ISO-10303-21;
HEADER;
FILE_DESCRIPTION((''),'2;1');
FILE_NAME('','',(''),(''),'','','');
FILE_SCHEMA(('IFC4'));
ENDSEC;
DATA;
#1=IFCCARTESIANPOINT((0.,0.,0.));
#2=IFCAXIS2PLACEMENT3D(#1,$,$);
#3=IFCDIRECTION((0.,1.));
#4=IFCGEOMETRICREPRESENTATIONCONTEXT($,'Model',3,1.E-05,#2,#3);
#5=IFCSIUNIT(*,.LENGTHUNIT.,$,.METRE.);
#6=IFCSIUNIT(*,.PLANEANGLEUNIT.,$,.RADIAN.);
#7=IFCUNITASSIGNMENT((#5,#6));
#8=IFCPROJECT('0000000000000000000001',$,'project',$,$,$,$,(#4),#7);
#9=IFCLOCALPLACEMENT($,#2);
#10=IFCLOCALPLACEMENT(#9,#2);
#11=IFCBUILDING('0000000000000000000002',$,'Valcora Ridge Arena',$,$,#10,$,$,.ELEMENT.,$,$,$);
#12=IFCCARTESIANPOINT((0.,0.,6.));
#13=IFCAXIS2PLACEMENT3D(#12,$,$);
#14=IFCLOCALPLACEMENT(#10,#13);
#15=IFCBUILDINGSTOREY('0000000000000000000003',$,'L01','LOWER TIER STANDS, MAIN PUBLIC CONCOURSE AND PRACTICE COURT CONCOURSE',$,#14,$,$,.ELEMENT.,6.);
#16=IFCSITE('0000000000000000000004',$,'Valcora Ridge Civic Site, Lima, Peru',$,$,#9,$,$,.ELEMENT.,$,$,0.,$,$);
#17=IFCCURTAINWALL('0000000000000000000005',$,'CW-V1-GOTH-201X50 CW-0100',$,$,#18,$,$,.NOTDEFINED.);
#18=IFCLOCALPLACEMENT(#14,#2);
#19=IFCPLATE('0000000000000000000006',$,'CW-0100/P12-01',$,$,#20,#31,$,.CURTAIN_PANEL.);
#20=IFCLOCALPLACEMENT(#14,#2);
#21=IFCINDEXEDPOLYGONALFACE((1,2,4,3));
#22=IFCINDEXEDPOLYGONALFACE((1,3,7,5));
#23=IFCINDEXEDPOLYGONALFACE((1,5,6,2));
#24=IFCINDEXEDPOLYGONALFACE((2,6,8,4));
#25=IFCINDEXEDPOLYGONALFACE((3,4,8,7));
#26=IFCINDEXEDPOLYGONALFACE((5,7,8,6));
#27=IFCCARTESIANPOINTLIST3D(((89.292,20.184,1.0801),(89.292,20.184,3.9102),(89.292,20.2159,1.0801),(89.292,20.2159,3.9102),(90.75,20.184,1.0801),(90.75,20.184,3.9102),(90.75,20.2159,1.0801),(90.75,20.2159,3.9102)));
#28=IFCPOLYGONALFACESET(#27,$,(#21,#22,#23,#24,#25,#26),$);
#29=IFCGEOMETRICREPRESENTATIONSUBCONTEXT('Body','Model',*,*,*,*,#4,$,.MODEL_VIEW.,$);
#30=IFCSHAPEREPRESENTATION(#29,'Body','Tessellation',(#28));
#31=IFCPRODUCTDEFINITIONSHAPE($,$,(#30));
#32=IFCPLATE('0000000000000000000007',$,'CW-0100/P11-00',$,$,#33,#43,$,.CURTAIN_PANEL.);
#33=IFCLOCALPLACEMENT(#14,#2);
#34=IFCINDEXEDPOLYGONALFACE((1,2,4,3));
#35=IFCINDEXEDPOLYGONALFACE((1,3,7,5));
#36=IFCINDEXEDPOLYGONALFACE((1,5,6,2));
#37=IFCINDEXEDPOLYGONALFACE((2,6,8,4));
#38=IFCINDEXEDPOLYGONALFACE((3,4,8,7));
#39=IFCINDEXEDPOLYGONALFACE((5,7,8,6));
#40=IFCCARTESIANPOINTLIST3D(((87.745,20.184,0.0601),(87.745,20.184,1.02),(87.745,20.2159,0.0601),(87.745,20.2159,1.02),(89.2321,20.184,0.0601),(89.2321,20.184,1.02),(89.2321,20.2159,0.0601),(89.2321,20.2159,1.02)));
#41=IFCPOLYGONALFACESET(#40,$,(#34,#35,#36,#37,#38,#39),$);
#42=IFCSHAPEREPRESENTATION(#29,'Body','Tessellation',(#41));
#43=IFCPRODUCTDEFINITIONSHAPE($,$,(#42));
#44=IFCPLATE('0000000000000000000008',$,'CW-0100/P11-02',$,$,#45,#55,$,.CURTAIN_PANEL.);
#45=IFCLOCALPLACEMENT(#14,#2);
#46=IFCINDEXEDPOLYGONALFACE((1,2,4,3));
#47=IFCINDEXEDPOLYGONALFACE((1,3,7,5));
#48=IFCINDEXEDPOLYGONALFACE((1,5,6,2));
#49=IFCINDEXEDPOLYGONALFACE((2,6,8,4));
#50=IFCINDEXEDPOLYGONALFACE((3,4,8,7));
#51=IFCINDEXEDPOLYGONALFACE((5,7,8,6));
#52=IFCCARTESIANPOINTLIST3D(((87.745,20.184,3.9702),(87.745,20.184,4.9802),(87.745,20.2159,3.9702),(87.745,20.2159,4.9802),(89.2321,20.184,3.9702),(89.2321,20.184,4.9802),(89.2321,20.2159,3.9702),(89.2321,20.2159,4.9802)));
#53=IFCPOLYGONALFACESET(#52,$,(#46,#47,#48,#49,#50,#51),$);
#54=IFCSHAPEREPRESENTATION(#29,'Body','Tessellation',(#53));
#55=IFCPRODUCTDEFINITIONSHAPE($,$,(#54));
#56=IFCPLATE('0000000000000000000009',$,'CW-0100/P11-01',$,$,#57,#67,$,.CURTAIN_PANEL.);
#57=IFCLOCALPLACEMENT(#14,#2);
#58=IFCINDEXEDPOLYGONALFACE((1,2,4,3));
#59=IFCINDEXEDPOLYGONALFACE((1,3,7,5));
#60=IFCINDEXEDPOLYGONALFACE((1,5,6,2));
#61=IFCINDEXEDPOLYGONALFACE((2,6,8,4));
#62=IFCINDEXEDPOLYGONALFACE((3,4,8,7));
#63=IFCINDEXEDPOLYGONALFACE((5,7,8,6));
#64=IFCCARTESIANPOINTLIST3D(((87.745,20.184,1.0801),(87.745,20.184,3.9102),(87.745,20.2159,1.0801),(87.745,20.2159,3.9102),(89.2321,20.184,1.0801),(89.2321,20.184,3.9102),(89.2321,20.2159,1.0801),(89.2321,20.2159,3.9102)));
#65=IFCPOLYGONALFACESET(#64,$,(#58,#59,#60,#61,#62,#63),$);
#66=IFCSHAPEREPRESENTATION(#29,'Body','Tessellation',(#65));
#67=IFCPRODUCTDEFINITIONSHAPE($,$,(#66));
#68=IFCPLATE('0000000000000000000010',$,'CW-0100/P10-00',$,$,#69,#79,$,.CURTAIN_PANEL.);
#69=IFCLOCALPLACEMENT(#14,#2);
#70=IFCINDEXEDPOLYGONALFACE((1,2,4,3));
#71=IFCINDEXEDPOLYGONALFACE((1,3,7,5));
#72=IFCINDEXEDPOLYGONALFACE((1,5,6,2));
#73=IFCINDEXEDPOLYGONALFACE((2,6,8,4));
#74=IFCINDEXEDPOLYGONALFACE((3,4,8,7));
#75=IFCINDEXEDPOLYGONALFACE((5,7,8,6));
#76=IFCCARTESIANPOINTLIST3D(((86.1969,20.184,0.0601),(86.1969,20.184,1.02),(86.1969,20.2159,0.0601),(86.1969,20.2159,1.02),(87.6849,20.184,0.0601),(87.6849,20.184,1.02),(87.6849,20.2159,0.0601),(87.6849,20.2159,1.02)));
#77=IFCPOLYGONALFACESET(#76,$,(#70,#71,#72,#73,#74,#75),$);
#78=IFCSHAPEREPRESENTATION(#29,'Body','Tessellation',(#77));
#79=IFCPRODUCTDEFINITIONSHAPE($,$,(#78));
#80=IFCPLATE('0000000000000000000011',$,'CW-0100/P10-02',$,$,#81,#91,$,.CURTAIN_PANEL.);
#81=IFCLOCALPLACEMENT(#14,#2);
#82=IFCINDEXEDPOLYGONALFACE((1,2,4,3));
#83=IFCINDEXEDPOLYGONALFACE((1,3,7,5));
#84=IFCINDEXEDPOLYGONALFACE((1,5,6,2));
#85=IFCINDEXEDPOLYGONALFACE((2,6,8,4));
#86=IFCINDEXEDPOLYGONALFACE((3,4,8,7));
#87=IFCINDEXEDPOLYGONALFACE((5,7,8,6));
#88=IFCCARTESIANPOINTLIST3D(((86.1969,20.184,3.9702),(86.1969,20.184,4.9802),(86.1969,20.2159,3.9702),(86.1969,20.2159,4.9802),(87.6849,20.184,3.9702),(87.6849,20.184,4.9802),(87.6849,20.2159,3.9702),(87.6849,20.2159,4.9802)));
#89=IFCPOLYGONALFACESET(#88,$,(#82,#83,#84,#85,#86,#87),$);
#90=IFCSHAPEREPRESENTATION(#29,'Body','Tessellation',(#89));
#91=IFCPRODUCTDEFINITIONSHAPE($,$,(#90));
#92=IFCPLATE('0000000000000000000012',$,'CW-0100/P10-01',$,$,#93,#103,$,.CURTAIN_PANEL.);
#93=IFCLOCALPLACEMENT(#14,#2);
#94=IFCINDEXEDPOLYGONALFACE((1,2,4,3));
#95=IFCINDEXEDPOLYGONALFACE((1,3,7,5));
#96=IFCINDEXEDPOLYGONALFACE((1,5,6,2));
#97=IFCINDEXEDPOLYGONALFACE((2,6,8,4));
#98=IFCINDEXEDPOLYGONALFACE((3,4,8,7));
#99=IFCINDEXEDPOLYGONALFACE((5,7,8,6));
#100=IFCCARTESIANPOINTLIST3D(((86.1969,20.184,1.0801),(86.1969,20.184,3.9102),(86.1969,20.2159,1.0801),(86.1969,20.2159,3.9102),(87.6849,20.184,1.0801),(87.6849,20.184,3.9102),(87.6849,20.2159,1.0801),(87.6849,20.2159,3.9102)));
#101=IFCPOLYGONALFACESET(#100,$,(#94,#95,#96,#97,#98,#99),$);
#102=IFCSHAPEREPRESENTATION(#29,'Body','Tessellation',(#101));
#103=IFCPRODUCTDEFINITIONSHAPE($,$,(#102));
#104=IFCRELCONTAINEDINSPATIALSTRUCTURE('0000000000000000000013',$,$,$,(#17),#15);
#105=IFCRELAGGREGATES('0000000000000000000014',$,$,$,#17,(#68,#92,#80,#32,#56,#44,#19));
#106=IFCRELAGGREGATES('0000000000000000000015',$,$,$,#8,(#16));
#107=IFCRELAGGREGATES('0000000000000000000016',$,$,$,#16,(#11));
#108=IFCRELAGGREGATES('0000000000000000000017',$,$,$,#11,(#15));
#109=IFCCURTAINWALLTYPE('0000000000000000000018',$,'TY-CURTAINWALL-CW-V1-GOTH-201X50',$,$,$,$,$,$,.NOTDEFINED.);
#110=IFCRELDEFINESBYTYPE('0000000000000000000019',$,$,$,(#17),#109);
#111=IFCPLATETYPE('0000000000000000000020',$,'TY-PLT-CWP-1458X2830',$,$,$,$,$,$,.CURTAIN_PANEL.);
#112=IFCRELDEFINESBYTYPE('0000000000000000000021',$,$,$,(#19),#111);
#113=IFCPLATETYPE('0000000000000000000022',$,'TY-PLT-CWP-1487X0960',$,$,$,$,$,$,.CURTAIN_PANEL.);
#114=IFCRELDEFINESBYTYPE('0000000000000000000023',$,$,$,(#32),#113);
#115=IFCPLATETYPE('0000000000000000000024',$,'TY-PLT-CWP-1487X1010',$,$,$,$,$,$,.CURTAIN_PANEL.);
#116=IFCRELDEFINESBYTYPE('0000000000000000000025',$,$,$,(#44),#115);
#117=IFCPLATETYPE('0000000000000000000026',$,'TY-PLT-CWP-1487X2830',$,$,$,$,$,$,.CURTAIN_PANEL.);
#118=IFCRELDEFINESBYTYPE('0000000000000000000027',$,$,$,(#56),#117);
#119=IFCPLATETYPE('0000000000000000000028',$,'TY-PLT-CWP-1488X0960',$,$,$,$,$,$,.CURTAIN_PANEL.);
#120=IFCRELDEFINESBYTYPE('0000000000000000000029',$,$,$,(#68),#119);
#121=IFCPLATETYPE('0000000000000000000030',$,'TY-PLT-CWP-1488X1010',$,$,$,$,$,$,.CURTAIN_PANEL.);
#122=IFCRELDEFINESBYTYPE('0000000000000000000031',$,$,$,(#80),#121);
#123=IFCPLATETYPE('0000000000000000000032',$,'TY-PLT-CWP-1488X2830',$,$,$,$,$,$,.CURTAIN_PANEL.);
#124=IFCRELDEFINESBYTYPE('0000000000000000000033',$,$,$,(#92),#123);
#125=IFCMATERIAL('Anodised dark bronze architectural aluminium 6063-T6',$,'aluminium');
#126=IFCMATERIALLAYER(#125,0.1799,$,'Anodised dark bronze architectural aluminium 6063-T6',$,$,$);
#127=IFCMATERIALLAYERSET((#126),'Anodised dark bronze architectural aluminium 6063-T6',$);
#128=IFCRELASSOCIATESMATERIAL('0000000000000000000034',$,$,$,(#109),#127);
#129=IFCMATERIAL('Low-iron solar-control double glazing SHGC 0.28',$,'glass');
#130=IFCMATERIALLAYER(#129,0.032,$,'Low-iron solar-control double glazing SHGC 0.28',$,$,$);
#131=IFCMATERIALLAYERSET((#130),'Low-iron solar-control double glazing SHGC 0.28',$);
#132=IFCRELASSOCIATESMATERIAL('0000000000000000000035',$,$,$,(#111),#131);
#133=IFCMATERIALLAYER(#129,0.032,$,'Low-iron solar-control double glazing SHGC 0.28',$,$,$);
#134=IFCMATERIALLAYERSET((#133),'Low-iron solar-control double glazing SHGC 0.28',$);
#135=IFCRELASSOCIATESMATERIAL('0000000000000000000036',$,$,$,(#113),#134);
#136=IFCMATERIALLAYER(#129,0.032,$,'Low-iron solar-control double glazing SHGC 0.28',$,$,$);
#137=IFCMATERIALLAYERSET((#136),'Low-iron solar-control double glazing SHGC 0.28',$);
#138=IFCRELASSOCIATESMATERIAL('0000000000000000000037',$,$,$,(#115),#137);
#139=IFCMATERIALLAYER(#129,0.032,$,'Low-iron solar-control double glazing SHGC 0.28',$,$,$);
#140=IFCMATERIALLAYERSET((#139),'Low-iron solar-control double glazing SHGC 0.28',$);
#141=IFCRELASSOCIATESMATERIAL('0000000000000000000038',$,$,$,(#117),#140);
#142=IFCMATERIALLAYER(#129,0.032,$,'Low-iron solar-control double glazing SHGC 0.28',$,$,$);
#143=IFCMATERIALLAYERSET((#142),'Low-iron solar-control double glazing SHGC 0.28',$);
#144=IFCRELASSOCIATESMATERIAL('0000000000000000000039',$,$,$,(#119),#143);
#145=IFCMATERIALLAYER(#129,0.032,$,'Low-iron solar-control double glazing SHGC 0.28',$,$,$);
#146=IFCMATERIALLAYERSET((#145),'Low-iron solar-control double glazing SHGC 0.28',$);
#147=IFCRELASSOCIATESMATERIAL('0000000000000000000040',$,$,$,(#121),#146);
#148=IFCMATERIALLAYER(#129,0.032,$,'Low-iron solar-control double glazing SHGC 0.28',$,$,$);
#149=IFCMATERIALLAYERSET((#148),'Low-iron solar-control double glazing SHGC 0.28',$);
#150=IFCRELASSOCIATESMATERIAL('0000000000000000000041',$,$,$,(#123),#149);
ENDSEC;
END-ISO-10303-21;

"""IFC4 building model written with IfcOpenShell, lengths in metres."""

from ifc_helpers import new_model, si_unit, direction, frame, origin, origin_2d, place, context, subcontext, project, spatial, rectangle, extrude, material, layer, layer_set, type_object, element, aggregate, save


model = new_model("IFC4")

# Units and contexts
model_context = context("Model", 3, precision=1e-05, world=origin(), true_north=direction((0.0, 1.0)))
body_context = subcontext(model_context, "Body", "Model", "MODEL_VIEW")
ifc_project = project(units=[si_unit("LENGTHUNIT", "METRE"), si_unit("PLANEANGLEUNIT", "RADIAN")], contexts=[model_context])

# Site, building, storey
site_placement = place(None, origin())
site = spatial("IfcSite", under=ifc_project, at=site_placement, Name="Valcora Ridge Civic Site, Lima, Peru", CompositionType="ELEMENT", RefElevation=0.0)
building_placement = place(site_placement, origin())
building = spatial("IfcBuilding", under=site, at=building_placement, Name="Valcora Ridge Arena", CompositionType="ELEMENT")
storey_placement = place(building_placement, frame((0.0, 0.0, 6.0)))
storey = spatial("IfcBuildingStorey", under=building, at=storey_placement, Name="L01", Description="LOWER TIER STANDS, MAIN PUBLIC CONCOURSE AND PRACTICE COURT CONCOURSE", CompositionType="ELEMENT", Elevation=6.0)

# Curtain wall, plates
ifc_material_1 = material(Name="Anodised dark bronze architectural aluminium 6063-T6", Category="aluminium")
ifc_layer_1 = layer(ifc_material_1, 0.1799, Name="Anodised dark bronze architectural aluminium 6063-T6")
ifc_layer_set_1 = layer_set([ifc_layer_1], Name="Anodised dark bronze architectural aluminium 6063-T6")
curtain_wall_type = type_object("IfcCurtainWallType", Name="TY-CURTAINWALL-CW-V1-GOTH-201X50", PredefinedType="NOTDEFINED", material=ifc_layer_set_1)
curtain_wall_placement = place(storey_placement, origin())
curtain_wall = element("IfcCurtainWall", 1, at=curtain_wall_placement, inside=storey, type_object=curtain_wall_type, Name="CW-V1-GOTH-201X50 CW-0100", PredefinedType="NOTDEFINED")
ifc_material_2 = material(Name="Low-iron solar-control double glazing SHGC 0.28", Category="glass")
ifc_layer_2 = layer(ifc_material_2, 0.032, Name="Low-iron solar-control double glazing SHGC 0.28")
ifc_layer_set_2 = layer_set([ifc_layer_2], Name="Low-iron solar-control double glazing SHGC 0.28")
plate_type_1 = type_object("IfcPlateType", Name="TY-PLT-CWP-1458X2830", PredefinedType="CURTAIN_PANEL", material=ifc_layer_set_2)
plate_1_placement = place(storey_placement, frame((90.021, 20.2, 1.0801), z_axis=(0.0, 0.0, 1.0), x_axis=(1.0, 0.0, 0.0)))
plate_1 = element("IfcPlate", 2, at=plate_1_placement, type_object=plate_type_1, Name="CW-0100/P12-01", PredefinedType="CURTAIN_PANEL", context=body_context, shape_type="SweptSolid", body=[
    extrude(rectangle(XDim=1.458, YDim=0.032, at=origin_2d()), origin(), (0.0, 0.0, 1.0), 2.8301),
])
ifc_layer_3 = layer(ifc_material_2, 0.032, Name="Low-iron solar-control double glazing SHGC 0.28")
ifc_layer_set_3 = layer_set([ifc_layer_3], Name="Low-iron solar-control double glazing SHGC 0.28")
plate_type_2 = type_object("IfcPlateType", Name="TY-PLT-CWP-1487X0960", PredefinedType="CURTAIN_PANEL", material=ifc_layer_set_3)
plate_2_placement = place(storey_placement, frame((88.4885, 20.2, 0.0601), z_axis=(0.0, 0.0, 1.0), x_axis=(1.0, 0.0, 0.0)))
plate_2 = element("IfcPlate", 3, at=plate_2_placement, type_object=plate_type_2, Name="CW-0100/P11-00", PredefinedType="CURTAIN_PANEL", context=body_context, shape_type="SweptSolid", body=[
    extrude(rectangle(XDim=1.4871, YDim=0.032, at=origin_2d()), origin(), (0.0, 0.0, 1.0), 0.96),
])
ifc_layer_4 = layer(ifc_material_2, 0.032, Name="Low-iron solar-control double glazing SHGC 0.28")
ifc_layer_set_4 = layer_set([ifc_layer_4], Name="Low-iron solar-control double glazing SHGC 0.28")
plate_type_3 = type_object("IfcPlateType", Name="TY-PLT-CWP-1487X1010", PredefinedType="CURTAIN_PANEL", material=ifc_layer_set_4)
plate_3_placement = place(storey_placement, frame((88.4885, 20.2, 3.9702), z_axis=(0.0, 0.0, 1.0), x_axis=(1.0, 0.0, 0.0)))
plate_3 = element("IfcPlate", 4, at=plate_3_placement, type_object=plate_type_3, Name="CW-0100/P11-02", PredefinedType="CURTAIN_PANEL", context=body_context, shape_type="SweptSolid", body=[
    extrude(rectangle(XDim=1.4871, YDim=0.032, at=origin_2d()), origin(), (0.0, 0.0, 1.0), 1.01),
])
ifc_layer_5 = layer(ifc_material_2, 0.032, Name="Low-iron solar-control double glazing SHGC 0.28")
ifc_layer_set_5 = layer_set([ifc_layer_5], Name="Low-iron solar-control double glazing SHGC 0.28")
plate_type_4 = type_object("IfcPlateType", Name="TY-PLT-CWP-1487X2830", PredefinedType="CURTAIN_PANEL", material=ifc_layer_set_5)
plate_4_placement = place(storey_placement, frame((88.4885, 20.2, 1.0801), z_axis=(0.0, 0.0, 1.0), x_axis=(1.0, 0.0, 0.0)))
plate_4 = element("IfcPlate", 5, at=plate_4_placement, type_object=plate_type_4, Name="CW-0100/P11-01", PredefinedType="CURTAIN_PANEL", context=body_context, shape_type="SweptSolid", body=[
    extrude(rectangle(XDim=1.4871, YDim=0.032, at=origin_2d()), origin(), (0.0, 0.0, 1.0), 2.8301),
])
ifc_layer_6 = layer(ifc_material_2, 0.032, Name="Low-iron solar-control double glazing SHGC 0.28")
ifc_layer_set_6 = layer_set([ifc_layer_6], Name="Low-iron solar-control double glazing SHGC 0.28")
plate_type_5 = type_object("IfcPlateType", Name="TY-PLT-CWP-1488X0960", PredefinedType="CURTAIN_PANEL", material=ifc_layer_set_6)
plate_5_placement = place(storey_placement, frame((86.9409, 20.2, 0.0601), z_axis=(0.0, 0.0, 1.0), x_axis=(1.0, 0.0, 0.0)))
plate_5 = element("IfcPlate", 6, at=plate_5_placement, type_object=plate_type_5, Name="CW-0100/P10-00", PredefinedType="CURTAIN_PANEL", context=body_context, shape_type="SweptSolid", body=[
    extrude(rectangle(XDim=1.488, YDim=0.032, at=origin_2d()), origin(), (0.0, 0.0, 1.0), 0.96),
])
ifc_layer_7 = layer(ifc_material_2, 0.032, Name="Low-iron solar-control double glazing SHGC 0.28")
ifc_layer_set_7 = layer_set([ifc_layer_7], Name="Low-iron solar-control double glazing SHGC 0.28")
plate_type_6 = type_object("IfcPlateType", Name="TY-PLT-CWP-1488X1010", PredefinedType="CURTAIN_PANEL", material=ifc_layer_set_7)
plate_6_placement = place(storey_placement, frame((86.9409, 20.2, 3.9702), z_axis=(0.0, 0.0, 1.0), x_axis=(1.0, 0.0, 0.0)))
plate_6 = element("IfcPlate", 7, at=plate_6_placement, type_object=plate_type_6, Name="CW-0100/P10-02", PredefinedType="CURTAIN_PANEL", context=body_context, shape_type="SweptSolid", body=[
    extrude(rectangle(XDim=1.488, YDim=0.032, at=origin_2d()), origin(), (0.0, 0.0, 1.0), 1.01),
])
ifc_layer_8 = layer(ifc_material_2, 0.032, Name="Low-iron solar-control double glazing SHGC 0.28")
ifc_layer_set_8 = layer_set([ifc_layer_8], Name="Low-iron solar-control double glazing SHGC 0.28")
plate_type_7 = type_object("IfcPlateType", Name="TY-PLT-CWP-1488X2830", PredefinedType="CURTAIN_PANEL", material=ifc_layer_set_8)
plate_7_placement = place(storey_placement, frame((86.9409, 20.2, 1.0801), z_axis=(0.0, 0.0, 1.0), x_axis=(1.0, 0.0, 0.0)))
plate_7 = element("IfcPlate", 8, at=plate_7_placement, type_object=plate_type_7, Name="CW-0100/P10-01", PredefinedType="CURTAIN_PANEL", context=body_context, shape_type="SweptSolid", body=[
    extrude(rectangle(XDim=1.488, YDim=0.032, at=origin_2d()), origin(), (0.0, 0.0, 1.0), 2.8301),
])
aggregate(curtain_wall, [plate_5, plate_7, plate_6, plate_2, plate_4, plate_3, plate_1])

save(model, "model.ifc")
